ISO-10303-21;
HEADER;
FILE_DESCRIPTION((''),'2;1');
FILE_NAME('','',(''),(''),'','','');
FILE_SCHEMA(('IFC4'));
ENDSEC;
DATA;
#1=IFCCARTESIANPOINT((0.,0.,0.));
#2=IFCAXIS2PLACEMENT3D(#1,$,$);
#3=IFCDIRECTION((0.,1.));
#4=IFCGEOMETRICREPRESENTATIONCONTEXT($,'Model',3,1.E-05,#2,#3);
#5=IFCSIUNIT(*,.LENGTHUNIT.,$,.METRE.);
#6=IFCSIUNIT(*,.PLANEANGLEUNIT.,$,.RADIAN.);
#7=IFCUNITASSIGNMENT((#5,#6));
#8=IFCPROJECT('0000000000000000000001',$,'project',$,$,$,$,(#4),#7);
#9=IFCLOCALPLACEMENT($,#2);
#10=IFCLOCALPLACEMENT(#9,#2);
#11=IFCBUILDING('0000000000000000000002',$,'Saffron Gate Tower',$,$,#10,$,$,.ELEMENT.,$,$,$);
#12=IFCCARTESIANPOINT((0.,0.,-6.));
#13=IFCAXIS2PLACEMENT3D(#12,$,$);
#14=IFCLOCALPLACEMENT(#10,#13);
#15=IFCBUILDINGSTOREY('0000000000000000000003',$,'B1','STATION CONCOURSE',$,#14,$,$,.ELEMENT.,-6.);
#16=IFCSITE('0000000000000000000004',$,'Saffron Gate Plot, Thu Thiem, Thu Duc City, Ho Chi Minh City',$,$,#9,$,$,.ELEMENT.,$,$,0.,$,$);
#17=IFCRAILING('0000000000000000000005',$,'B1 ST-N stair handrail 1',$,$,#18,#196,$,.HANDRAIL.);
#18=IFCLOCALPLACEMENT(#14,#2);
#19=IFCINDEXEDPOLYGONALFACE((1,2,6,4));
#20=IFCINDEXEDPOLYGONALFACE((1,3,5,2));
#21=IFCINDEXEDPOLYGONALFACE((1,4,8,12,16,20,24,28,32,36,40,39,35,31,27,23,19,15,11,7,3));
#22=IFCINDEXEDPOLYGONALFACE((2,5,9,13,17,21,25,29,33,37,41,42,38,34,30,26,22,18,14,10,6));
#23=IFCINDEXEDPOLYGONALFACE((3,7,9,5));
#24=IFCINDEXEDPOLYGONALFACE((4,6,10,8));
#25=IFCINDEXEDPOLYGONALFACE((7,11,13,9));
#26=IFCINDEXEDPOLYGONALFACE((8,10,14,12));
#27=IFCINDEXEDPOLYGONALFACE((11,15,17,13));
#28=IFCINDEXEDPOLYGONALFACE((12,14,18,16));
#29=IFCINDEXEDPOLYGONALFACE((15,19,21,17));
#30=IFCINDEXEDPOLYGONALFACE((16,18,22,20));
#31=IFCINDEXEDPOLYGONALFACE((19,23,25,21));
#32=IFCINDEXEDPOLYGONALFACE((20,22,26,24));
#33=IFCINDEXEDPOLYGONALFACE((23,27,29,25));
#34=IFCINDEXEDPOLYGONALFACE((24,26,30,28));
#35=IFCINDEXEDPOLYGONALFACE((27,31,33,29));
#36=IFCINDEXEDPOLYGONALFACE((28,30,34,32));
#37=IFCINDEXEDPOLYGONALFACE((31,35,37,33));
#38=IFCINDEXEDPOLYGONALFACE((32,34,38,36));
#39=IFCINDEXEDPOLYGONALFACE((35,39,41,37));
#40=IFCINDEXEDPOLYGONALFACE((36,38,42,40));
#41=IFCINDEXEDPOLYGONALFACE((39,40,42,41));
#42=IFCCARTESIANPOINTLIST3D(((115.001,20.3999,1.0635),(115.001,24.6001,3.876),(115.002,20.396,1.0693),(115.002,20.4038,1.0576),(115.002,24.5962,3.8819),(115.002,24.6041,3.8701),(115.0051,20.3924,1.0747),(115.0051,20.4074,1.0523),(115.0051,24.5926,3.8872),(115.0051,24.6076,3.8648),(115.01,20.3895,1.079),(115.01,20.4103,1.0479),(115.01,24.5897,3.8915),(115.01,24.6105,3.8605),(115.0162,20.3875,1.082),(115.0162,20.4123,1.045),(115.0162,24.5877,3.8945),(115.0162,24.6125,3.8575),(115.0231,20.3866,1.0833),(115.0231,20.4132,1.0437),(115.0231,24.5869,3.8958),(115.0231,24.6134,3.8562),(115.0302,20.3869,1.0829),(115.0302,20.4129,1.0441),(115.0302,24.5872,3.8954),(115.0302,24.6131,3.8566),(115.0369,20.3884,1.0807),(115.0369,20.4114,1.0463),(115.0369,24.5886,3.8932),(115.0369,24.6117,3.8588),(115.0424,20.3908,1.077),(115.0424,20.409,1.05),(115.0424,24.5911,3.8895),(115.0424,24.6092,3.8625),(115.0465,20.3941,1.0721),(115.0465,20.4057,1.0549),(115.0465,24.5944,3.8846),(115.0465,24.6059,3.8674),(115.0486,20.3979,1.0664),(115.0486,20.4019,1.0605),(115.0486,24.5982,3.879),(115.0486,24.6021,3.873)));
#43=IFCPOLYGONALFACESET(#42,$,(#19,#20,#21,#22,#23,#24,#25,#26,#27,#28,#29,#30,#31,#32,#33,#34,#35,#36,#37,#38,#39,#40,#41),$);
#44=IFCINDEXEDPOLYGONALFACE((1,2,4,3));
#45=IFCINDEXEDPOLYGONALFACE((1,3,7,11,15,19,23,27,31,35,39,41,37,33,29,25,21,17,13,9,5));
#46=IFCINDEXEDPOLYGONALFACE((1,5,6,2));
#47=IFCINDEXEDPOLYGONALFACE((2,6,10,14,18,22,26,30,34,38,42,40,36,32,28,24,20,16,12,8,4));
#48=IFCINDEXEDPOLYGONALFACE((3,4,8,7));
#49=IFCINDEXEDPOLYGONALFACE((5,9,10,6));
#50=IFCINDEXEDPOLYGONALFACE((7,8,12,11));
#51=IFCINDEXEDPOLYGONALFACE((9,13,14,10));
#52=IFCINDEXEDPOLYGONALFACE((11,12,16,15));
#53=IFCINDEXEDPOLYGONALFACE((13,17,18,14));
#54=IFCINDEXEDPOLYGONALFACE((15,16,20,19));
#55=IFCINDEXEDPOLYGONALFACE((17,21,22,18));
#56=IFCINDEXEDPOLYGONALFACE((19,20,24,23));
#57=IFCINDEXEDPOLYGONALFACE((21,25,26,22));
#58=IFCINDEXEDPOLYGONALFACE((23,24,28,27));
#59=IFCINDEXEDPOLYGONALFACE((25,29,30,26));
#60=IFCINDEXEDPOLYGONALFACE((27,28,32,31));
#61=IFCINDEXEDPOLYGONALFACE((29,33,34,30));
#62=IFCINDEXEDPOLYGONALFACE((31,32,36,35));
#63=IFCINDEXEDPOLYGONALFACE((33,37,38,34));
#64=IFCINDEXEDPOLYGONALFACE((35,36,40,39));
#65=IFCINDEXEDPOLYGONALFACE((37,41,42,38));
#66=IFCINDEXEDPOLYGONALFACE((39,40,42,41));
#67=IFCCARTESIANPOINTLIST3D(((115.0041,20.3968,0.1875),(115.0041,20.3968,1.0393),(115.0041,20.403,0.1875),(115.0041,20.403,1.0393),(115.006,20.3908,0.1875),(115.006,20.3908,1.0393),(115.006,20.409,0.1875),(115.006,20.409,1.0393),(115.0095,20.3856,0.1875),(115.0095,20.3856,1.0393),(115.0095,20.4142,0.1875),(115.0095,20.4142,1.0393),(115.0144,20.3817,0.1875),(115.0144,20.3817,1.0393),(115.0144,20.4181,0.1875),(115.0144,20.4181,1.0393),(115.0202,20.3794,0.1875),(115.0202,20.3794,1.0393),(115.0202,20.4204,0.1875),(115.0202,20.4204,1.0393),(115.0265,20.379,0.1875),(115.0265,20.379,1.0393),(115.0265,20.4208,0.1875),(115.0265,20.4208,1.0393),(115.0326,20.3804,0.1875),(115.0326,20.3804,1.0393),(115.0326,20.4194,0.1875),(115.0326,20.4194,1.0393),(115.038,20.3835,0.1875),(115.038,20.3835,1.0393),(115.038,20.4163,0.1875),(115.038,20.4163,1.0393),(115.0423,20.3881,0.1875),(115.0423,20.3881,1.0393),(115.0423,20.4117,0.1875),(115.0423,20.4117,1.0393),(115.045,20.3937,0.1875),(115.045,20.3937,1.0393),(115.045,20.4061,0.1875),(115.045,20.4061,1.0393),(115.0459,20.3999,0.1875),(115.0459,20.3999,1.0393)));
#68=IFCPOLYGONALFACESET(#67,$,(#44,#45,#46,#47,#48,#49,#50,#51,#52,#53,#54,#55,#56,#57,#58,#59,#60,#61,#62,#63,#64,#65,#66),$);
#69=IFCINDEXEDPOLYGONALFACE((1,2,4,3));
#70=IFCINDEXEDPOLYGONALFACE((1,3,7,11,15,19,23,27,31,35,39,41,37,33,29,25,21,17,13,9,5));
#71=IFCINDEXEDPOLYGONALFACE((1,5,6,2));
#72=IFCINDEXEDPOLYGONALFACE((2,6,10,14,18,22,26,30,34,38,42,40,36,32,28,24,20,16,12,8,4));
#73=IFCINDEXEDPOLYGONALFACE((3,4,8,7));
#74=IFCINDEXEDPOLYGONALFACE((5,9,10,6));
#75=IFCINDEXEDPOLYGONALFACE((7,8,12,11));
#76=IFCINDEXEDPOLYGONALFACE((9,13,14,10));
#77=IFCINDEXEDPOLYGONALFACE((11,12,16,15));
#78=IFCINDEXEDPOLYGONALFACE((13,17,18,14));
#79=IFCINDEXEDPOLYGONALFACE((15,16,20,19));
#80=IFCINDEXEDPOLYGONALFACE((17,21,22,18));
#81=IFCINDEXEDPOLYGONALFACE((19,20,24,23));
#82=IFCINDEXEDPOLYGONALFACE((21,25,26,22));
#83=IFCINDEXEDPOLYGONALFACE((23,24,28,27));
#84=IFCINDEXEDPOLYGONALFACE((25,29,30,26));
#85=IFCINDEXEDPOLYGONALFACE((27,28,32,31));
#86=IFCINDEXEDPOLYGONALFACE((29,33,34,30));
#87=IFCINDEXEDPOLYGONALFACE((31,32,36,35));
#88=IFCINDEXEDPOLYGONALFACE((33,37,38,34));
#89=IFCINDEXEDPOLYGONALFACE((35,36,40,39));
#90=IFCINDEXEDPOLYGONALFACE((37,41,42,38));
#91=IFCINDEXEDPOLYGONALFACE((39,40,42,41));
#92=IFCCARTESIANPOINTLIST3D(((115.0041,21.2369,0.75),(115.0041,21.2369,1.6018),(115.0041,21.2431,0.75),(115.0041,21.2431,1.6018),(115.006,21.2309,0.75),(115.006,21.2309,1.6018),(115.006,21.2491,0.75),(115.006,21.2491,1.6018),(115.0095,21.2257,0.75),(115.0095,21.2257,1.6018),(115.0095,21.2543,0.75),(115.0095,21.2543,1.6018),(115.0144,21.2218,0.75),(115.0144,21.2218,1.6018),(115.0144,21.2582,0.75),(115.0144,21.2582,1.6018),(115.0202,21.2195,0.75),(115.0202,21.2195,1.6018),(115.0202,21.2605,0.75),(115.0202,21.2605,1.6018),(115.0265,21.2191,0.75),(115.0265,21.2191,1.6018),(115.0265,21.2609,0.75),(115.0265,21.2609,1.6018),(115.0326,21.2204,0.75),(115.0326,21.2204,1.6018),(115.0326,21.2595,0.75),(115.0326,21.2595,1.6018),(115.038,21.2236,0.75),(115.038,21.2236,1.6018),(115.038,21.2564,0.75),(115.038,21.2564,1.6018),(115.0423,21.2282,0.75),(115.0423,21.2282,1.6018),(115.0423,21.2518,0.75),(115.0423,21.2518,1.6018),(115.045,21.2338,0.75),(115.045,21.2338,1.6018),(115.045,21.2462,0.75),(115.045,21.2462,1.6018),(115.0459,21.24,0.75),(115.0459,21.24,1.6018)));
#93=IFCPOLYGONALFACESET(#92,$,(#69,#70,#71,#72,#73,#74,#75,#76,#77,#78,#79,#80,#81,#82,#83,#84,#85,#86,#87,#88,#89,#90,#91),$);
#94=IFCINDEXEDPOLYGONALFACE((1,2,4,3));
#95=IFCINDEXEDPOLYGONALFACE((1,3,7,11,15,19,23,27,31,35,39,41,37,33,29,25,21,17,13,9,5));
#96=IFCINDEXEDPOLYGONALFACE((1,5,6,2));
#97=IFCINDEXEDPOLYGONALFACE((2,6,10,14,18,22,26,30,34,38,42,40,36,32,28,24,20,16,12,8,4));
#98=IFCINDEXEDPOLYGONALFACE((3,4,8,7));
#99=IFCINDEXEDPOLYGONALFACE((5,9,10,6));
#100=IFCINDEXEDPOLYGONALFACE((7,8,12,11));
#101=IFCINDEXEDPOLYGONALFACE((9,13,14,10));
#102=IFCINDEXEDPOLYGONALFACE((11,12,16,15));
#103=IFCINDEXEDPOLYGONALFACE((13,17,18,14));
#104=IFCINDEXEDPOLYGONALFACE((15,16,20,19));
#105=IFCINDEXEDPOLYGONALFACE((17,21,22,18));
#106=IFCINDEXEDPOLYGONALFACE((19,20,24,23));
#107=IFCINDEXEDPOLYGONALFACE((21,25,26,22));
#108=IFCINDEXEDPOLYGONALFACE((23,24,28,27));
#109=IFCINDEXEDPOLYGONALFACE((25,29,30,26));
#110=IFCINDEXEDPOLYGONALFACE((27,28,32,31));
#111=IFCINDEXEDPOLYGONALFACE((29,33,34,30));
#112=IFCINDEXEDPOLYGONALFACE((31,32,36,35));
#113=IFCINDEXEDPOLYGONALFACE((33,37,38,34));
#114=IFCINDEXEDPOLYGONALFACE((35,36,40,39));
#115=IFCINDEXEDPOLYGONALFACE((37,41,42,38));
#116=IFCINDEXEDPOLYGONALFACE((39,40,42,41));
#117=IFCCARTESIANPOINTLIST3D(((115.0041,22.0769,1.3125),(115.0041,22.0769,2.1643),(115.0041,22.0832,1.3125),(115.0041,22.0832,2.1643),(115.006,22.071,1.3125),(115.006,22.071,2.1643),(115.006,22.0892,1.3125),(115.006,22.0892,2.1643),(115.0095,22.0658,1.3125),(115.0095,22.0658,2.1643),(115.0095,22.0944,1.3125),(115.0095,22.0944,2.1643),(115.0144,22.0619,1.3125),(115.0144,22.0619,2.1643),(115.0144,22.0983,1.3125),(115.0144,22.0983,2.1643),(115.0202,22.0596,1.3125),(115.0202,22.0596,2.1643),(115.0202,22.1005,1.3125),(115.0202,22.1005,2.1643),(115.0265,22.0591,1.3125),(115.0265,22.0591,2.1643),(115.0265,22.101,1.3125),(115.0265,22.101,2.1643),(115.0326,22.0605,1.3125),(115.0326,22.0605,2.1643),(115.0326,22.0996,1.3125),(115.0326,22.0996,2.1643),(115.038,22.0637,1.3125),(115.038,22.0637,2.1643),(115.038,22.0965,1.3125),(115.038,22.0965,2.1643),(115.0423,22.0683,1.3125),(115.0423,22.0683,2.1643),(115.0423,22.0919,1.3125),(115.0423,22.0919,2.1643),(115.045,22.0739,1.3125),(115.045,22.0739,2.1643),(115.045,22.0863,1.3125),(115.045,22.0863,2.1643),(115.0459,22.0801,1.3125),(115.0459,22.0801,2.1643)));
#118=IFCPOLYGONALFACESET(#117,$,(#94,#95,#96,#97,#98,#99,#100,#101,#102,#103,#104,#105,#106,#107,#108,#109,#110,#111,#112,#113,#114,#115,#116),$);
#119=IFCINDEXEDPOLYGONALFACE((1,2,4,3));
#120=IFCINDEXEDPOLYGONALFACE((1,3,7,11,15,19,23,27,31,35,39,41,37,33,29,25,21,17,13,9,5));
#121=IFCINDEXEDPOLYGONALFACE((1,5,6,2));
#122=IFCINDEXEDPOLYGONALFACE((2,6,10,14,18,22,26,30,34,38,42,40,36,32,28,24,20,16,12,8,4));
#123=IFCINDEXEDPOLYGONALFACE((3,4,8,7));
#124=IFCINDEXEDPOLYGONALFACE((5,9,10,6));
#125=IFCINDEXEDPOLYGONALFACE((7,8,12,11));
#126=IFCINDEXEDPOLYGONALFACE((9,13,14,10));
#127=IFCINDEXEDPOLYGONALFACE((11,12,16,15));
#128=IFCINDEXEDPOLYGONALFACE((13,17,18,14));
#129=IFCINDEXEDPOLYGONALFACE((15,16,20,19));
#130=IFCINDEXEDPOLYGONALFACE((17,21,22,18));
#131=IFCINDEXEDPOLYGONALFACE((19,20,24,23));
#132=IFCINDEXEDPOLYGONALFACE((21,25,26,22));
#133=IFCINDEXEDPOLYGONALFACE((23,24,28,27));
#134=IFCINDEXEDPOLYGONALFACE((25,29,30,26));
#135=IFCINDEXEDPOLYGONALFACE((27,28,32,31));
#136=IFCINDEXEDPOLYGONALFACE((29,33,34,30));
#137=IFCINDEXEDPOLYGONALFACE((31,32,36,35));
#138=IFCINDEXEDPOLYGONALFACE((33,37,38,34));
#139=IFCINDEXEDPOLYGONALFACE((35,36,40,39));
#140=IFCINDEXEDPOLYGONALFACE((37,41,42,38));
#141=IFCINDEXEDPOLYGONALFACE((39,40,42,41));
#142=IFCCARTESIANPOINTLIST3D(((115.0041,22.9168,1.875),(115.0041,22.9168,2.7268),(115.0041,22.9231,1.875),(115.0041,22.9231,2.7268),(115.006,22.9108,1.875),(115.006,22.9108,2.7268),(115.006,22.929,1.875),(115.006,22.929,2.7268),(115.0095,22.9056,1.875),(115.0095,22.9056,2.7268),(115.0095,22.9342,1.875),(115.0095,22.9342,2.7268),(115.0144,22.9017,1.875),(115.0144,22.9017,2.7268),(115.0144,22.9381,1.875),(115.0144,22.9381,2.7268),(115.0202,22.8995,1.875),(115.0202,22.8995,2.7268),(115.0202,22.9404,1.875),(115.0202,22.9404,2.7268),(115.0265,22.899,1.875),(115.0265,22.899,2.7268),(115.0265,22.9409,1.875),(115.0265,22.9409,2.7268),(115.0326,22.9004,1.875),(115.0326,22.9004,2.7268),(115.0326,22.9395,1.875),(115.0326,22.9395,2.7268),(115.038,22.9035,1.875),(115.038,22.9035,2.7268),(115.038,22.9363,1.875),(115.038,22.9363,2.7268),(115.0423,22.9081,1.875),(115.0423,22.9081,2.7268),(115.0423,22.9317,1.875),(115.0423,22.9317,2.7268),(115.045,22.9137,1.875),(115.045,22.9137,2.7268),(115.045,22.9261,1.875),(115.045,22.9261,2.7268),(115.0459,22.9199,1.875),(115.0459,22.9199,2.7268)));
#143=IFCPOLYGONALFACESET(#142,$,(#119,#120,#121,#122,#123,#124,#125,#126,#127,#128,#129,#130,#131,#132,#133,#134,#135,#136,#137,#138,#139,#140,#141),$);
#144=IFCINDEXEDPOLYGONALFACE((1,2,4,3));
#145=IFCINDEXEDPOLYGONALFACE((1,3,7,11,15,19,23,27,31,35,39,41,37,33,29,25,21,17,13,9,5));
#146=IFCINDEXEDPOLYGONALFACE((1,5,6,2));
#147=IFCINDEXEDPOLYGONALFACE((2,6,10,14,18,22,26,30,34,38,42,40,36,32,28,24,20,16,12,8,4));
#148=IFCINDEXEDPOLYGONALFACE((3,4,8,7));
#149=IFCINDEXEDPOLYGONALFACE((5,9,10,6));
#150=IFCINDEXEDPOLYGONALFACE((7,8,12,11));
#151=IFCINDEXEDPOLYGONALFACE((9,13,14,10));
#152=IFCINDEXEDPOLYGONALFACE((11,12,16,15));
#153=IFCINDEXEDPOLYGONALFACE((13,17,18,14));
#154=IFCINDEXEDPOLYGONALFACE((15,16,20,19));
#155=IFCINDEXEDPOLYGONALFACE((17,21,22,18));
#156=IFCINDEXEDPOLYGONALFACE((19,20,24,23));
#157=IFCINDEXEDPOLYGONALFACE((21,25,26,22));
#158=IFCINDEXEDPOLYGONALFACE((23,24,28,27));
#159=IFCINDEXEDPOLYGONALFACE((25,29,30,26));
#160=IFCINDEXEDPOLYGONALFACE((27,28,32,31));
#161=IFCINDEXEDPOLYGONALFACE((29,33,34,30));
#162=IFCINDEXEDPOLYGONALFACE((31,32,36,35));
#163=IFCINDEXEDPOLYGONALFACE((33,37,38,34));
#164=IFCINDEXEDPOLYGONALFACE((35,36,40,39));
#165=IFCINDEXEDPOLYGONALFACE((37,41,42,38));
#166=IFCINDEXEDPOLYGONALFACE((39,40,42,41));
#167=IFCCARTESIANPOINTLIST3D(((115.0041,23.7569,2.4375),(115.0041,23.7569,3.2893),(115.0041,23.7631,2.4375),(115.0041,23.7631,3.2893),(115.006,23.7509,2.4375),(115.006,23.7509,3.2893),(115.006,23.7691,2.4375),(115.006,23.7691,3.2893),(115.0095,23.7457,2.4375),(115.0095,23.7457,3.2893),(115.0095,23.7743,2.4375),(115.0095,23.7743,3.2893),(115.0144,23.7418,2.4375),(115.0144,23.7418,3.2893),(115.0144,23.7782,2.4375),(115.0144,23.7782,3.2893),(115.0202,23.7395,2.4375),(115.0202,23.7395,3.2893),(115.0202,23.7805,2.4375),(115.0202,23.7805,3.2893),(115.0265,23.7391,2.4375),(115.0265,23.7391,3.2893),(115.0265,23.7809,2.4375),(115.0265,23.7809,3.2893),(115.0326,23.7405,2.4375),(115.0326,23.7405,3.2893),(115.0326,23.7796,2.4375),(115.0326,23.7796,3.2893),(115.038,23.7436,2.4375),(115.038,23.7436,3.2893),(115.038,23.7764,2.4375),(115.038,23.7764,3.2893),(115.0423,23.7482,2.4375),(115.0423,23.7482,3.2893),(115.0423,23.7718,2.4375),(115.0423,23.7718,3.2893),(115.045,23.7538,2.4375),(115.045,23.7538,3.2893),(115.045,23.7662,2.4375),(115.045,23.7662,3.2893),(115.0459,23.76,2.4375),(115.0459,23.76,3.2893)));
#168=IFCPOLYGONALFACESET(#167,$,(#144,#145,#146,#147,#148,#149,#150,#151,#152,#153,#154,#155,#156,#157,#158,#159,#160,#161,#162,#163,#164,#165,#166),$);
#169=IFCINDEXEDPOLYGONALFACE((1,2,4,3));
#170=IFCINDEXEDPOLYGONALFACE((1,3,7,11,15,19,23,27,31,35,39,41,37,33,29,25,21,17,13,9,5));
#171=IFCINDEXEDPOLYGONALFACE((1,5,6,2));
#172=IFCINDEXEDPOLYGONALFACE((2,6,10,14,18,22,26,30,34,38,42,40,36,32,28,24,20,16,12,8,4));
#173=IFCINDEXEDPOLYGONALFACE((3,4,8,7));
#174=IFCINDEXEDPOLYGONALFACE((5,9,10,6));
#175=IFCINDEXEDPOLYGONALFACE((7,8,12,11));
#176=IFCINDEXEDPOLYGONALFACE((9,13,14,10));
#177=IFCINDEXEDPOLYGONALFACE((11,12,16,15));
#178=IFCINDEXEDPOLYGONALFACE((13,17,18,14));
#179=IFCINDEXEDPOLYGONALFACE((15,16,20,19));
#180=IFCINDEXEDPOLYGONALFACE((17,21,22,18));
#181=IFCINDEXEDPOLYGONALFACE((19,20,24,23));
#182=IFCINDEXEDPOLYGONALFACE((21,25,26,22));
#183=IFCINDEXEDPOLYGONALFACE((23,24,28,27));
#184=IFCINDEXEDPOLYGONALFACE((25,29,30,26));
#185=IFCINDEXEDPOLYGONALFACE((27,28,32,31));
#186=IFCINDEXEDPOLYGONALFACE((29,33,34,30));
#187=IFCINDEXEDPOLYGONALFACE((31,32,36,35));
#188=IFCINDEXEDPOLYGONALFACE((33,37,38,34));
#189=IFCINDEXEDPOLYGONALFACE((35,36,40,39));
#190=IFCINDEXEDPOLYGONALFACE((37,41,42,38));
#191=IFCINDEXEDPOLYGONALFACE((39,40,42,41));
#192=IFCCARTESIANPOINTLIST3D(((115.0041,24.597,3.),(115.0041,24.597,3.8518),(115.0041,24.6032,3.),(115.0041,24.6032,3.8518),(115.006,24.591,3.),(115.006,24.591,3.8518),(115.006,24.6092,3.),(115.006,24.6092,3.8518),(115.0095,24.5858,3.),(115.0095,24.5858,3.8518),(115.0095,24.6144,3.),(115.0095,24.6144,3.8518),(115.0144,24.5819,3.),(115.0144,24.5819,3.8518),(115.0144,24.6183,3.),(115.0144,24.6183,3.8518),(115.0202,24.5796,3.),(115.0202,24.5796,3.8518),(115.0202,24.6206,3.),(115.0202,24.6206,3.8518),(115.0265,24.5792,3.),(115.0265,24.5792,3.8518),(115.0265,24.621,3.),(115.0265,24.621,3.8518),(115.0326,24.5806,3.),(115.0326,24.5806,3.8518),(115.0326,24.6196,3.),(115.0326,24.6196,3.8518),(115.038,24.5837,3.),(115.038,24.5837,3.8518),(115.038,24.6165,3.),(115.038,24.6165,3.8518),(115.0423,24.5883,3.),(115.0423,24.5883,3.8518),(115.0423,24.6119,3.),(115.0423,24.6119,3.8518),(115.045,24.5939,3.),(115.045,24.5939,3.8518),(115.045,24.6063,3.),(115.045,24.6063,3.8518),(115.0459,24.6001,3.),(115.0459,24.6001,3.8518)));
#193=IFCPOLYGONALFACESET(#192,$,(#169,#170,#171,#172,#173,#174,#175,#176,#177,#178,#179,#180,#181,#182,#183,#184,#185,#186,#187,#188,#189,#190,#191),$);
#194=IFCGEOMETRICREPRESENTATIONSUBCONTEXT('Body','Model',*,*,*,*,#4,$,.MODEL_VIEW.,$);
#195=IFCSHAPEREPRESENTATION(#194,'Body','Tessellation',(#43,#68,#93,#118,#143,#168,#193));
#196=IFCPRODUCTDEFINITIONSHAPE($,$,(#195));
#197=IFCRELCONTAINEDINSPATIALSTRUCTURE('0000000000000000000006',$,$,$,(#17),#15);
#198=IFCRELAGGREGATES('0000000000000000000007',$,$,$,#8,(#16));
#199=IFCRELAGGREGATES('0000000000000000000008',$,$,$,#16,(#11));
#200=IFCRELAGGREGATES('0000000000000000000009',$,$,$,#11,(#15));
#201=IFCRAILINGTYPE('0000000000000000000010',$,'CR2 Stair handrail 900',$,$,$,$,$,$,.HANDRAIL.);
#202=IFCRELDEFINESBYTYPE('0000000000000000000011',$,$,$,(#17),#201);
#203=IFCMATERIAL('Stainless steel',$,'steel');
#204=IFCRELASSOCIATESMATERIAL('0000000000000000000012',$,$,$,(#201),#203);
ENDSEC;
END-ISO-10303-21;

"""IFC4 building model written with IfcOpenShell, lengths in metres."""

from ifc_helpers import new_model, si_unit, direction, frame, origin, origin_2d, place, context, subcontext, project, spatial, circle, extrude, material, type_object, element, save


model = new_model("IFC4")

# Units and contexts
model_context = context("Model", 3, precision=1e-05, world=origin(), true_north=direction((0.0, 1.0)))
body_context = subcontext(model_context, "Body", "Model", "MODEL_VIEW")
ifc_project = project(units=[si_unit("LENGTHUNIT", "METRE"), si_unit("PLANEANGLEUNIT", "RADIAN")], contexts=[model_context])

# Site, building, storey
site_placement = place(None, origin())
site = spatial("IfcSite", under=ifc_project, at=site_placement, Name="Saffron Gate Plot, Thu Thiem, Thu Duc City, Ho Chi Minh City", CompositionType="ELEMENT", RefElevation=0.0)
building_placement = place(site_placement, origin())
building = spatial("IfcBuilding", under=site, at=building_placement, Name="Saffron Gate Tower", CompositionType="ELEMENT")
storey_placement = place(building_placement, frame((0.0, 0.0, -6.0)))
storey = spatial("IfcBuildingStorey", under=building, at=storey_placement, Name="B1", Description="STATION CONCOURSE", CompositionType="ELEMENT", Elevation=-6.0)

# Railing
ifc_material_1 = material(Name="Stainless steel", Category="steel")
railing_type_1 = type_object("IfcRailingType", Name="CR2 Stair handrail 900", PredefinedType="HANDRAIL", material=ifc_material_1)
railing_1_placement = place(storey_placement, frame((115.0249, 20.3999, 0.1875)))
element("IfcRailing", 1, at=railing_1_placement, inside=storey, type_object=railing_type_1, Name="B1 ST-N stair handrail 1", PredefinedType="HANDRAIL", context=body_context, shape_type="SweptSolid", body=[
    extrude(circle(Radius=0.0239, at=origin_2d()), frame((0.0, 0.0, 0.876), z_axis=(0.0, 0.830919, 0.556393), x_axis=(-1.0, 0.0, 0.0)), (0.0, 0.0, 1.0), 5.0549),
    extrude(circle(Radius=0.021, at=origin_2d()), origin(), (0.0, 0.0, 1.0), 0.8518),
    extrude(circle(Radius=0.021, at=origin_2d()), frame((0.0, 0.8401, 0.5625)), (0.0, 0.0, 1.0), 0.8518),
    extrude(circle(Radius=0.021, at=origin_2d()), frame((0.0, 1.6802, 1.125)), (0.0, 0.0, 1.0), 0.8518),
    extrude(circle(Radius=0.021, at=origin_2d()), frame((0.0, 2.52, 1.6875)), (0.0, 0.0, 1.0), 0.8518),
    extrude(circle(Radius=0.021, at=origin_2d()), frame((0.0, 3.3601, 2.25)), (0.0, 0.0, 1.0), 0.8518),
    extrude(circle(Radius=0.021, at=origin_2d()), frame((0.0, 4.2002, 2.8125)), (0.0, 0.0, 1.0), 0.8518),
])

save(model, "model.ifc")
